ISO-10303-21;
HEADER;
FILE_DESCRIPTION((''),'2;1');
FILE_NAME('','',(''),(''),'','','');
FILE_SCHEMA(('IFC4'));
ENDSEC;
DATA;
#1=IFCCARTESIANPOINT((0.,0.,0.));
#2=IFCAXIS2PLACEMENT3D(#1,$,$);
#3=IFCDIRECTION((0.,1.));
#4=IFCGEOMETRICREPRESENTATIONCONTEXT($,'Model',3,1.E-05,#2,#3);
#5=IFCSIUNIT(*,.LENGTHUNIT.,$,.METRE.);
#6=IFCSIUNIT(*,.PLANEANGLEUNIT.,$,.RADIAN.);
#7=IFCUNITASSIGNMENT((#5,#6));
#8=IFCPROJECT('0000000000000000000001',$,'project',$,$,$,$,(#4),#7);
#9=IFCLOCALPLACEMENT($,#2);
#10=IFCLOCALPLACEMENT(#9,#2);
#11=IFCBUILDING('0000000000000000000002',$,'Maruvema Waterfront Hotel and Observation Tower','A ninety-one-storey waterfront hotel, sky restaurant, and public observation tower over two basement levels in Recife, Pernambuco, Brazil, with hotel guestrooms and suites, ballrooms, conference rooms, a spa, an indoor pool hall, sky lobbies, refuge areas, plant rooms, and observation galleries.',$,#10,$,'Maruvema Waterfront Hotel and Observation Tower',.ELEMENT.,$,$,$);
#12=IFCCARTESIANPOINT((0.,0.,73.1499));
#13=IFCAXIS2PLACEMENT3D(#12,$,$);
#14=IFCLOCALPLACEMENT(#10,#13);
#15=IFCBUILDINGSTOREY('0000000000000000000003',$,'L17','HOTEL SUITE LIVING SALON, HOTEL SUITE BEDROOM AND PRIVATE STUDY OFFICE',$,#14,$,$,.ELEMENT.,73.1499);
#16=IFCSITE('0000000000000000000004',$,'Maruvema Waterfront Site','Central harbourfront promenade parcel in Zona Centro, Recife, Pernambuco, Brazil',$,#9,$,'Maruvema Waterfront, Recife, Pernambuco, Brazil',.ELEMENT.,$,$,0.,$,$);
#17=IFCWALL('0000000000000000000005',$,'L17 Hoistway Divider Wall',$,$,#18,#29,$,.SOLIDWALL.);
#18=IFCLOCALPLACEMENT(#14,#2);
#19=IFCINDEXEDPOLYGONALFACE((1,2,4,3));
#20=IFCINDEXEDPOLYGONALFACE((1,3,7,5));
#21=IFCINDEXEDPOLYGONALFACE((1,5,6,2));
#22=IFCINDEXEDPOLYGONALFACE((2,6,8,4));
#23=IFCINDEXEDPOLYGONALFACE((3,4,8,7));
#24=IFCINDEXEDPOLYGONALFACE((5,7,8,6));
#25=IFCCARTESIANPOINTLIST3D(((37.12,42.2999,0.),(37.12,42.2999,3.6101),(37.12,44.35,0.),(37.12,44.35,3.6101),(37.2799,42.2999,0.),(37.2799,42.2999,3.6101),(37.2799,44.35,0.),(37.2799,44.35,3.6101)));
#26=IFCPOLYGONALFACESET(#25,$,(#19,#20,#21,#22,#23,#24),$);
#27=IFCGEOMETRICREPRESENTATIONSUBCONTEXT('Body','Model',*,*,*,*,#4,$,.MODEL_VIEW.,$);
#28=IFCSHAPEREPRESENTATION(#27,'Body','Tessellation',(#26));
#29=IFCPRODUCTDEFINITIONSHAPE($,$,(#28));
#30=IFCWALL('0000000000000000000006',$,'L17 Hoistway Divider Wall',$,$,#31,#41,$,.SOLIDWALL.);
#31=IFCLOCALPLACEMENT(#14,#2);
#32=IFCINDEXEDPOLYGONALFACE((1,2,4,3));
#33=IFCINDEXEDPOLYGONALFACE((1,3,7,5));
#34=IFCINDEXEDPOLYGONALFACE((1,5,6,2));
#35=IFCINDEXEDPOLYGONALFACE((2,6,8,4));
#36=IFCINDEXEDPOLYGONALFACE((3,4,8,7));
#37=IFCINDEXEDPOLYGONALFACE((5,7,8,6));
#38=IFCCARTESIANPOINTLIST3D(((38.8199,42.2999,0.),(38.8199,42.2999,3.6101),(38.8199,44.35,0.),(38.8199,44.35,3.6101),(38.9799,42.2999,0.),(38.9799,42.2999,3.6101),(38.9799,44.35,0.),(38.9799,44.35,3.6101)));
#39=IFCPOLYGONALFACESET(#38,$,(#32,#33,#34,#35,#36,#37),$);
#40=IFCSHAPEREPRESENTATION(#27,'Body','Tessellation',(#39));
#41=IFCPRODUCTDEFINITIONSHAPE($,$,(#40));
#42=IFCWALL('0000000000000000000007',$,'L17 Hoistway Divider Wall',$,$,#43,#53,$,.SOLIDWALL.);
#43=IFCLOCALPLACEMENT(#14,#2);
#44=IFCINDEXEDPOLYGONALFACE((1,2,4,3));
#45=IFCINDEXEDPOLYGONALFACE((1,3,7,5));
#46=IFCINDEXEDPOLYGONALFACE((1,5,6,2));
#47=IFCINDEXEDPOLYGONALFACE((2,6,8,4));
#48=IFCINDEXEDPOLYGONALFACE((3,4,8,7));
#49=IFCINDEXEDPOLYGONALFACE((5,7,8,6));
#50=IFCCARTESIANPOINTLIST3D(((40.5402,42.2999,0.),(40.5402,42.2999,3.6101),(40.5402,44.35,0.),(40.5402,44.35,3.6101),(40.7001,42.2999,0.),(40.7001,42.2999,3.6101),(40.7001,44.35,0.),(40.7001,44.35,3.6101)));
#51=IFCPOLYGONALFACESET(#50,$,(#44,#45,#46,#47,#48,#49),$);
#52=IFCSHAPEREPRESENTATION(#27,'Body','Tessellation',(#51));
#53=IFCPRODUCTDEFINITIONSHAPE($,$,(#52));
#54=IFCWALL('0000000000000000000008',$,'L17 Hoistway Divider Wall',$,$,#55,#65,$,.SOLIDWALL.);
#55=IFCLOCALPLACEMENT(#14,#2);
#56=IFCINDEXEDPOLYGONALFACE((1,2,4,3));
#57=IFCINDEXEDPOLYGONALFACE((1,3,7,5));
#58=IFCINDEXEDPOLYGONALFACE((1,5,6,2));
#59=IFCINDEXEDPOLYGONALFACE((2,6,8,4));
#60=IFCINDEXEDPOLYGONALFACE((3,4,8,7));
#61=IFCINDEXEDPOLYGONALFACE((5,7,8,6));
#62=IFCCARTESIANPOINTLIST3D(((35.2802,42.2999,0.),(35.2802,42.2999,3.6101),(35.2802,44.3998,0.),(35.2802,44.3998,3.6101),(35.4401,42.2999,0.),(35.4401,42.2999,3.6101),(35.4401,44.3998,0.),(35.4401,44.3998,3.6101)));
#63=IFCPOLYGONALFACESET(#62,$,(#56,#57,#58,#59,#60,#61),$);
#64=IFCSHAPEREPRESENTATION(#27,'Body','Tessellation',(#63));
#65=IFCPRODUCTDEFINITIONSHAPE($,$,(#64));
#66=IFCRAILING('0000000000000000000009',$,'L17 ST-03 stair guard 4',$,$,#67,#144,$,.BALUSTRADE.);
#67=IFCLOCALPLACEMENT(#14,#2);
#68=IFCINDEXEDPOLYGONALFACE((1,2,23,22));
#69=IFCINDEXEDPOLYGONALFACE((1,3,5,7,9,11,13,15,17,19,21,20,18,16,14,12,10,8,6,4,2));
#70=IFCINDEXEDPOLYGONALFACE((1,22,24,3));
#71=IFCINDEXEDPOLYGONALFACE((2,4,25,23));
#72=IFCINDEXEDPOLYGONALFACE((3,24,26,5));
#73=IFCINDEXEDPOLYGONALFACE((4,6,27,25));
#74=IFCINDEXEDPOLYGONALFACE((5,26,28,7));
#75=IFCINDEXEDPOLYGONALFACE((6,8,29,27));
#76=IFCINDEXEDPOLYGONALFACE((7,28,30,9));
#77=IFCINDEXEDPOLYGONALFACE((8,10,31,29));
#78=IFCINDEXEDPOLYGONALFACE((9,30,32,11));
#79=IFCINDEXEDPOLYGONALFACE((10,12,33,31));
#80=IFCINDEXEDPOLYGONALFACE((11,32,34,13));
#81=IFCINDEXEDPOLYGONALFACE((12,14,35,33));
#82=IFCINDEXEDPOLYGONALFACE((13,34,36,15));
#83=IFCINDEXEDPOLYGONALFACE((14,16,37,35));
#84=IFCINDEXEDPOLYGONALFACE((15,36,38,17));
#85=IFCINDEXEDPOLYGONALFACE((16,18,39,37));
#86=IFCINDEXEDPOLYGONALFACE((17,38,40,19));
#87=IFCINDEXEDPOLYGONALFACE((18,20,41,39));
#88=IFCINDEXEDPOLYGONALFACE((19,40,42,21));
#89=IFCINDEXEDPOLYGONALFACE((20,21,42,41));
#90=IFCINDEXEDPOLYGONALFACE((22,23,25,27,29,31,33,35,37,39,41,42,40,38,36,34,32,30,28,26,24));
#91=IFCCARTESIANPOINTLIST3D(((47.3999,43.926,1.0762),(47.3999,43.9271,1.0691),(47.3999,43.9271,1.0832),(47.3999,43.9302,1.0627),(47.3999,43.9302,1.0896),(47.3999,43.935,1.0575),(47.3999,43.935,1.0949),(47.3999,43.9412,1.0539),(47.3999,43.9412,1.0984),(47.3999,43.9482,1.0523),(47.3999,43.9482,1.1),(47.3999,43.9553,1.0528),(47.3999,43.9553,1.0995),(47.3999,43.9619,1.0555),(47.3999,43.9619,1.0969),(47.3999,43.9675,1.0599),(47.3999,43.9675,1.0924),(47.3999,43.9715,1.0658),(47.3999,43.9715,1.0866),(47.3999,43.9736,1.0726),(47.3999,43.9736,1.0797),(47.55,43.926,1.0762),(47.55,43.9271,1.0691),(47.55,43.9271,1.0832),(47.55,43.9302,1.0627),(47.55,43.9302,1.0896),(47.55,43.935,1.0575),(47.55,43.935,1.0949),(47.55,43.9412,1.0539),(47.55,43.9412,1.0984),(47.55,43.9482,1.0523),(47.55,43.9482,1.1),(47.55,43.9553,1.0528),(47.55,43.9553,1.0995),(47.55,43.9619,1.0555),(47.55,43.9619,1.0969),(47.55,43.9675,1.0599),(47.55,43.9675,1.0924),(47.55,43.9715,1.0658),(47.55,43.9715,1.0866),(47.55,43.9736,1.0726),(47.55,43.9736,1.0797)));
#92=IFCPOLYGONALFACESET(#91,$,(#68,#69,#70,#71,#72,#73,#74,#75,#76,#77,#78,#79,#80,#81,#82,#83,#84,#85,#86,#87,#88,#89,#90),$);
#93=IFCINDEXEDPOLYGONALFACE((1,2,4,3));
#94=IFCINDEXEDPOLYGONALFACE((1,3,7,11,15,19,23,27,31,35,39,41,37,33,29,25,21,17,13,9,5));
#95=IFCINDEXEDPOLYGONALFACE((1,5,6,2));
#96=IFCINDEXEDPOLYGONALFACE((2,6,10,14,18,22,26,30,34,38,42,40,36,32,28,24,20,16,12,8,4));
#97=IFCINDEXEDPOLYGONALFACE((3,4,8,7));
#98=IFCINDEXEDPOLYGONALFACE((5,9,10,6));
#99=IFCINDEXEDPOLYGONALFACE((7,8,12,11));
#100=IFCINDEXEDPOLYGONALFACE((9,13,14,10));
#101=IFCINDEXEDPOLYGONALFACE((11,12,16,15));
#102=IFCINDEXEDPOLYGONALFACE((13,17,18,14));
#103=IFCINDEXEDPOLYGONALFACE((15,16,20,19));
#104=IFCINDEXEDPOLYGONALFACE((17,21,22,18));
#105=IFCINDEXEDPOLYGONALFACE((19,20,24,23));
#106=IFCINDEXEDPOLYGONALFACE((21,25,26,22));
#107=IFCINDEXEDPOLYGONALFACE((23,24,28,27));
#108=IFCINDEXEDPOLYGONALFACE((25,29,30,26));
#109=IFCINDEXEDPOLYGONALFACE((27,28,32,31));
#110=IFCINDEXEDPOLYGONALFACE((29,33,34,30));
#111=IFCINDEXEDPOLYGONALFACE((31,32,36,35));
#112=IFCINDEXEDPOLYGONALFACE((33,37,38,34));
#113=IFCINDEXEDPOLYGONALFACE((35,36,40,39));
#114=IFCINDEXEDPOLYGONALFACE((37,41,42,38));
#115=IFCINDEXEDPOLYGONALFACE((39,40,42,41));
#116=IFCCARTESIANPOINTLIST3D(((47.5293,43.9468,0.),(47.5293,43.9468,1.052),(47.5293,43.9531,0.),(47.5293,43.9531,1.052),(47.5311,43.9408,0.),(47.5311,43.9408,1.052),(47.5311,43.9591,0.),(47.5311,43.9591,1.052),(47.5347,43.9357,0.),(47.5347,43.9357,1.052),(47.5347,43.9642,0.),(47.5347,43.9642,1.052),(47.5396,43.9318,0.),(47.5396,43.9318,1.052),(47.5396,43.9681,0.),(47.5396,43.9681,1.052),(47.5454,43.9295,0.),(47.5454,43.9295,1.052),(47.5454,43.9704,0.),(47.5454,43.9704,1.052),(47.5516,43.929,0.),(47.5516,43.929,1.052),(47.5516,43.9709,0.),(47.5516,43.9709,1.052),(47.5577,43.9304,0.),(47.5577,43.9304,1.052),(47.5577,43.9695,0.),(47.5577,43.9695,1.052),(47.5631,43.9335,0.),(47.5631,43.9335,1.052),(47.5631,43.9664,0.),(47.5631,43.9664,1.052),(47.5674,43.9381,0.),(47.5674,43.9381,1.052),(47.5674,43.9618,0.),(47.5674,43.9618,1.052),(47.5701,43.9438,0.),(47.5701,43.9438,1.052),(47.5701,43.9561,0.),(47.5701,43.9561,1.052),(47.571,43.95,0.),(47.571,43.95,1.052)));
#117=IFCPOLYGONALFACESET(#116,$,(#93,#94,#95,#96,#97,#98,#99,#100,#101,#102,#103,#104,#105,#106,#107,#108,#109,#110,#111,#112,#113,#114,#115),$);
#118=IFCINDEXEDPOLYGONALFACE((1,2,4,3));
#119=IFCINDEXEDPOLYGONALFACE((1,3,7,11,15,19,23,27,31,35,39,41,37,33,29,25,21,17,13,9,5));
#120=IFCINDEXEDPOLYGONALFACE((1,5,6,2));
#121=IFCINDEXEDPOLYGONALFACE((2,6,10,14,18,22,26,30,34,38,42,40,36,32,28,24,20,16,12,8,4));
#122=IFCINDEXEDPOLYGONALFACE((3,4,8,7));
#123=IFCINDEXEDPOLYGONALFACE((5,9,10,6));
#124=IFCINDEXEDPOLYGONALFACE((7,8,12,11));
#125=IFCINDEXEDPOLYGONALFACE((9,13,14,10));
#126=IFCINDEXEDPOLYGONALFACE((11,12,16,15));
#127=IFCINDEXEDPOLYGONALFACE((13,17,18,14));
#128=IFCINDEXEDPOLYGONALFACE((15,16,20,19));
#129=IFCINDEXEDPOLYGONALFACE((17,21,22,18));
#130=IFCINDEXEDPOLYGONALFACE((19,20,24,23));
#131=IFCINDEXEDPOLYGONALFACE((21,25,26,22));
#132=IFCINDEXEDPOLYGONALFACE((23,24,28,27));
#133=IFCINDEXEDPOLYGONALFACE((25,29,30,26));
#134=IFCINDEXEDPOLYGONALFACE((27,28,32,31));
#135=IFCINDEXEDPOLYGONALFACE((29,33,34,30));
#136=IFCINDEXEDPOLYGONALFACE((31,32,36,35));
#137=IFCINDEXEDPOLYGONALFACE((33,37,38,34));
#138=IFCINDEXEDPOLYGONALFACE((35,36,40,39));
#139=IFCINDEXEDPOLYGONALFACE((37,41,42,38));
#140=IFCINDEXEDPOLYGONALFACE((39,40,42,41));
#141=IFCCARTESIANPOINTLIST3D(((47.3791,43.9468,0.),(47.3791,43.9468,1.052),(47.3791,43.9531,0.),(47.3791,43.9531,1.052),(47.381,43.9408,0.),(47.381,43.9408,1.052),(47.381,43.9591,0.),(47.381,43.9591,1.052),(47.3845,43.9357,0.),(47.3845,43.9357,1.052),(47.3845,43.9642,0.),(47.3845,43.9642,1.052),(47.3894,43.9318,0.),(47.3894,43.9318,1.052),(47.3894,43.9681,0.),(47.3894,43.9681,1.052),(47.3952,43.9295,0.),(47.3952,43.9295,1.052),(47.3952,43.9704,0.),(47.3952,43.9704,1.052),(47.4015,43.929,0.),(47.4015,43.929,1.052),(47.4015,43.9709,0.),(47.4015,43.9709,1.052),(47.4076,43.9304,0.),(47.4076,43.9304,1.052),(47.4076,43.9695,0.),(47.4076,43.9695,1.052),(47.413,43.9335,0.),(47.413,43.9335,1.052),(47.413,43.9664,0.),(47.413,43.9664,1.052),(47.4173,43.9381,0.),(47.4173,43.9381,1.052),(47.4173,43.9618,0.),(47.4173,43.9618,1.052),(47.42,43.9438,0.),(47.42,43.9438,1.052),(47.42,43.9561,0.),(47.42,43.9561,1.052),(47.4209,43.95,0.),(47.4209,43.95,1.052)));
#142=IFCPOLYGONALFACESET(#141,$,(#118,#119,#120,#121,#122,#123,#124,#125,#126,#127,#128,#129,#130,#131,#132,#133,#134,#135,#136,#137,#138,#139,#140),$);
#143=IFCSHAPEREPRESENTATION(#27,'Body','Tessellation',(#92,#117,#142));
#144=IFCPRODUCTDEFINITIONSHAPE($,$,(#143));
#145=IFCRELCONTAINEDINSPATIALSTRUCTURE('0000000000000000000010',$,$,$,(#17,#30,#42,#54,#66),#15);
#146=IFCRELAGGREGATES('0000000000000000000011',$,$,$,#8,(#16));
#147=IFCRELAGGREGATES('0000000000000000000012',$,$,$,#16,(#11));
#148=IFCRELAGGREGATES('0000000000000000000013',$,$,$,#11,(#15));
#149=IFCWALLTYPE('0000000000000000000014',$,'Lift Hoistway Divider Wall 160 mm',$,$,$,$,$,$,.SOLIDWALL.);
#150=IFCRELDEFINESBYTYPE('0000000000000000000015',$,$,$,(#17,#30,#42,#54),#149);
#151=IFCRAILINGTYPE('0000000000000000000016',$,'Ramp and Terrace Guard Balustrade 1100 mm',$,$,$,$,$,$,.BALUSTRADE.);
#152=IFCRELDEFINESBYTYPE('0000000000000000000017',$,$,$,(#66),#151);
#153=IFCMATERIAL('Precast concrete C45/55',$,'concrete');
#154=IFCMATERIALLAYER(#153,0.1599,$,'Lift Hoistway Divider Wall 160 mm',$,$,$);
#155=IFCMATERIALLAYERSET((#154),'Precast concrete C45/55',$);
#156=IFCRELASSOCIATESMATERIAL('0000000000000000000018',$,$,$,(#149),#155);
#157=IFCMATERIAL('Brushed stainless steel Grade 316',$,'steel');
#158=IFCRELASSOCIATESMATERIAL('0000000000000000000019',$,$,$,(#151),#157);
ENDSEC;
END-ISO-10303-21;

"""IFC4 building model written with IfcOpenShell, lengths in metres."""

from ifc_helpers import new_model, si_unit, direction, frame, frame_2d, origin, origin_2d, place, context, subcontext, project, spatial, rectangle, circle, extrude, material, layer, layer_set, type_object, element, save


model = new_model("IFC4")

# Units and contexts
model_context = context("Model", 3, precision=1e-05, world=origin(), true_north=direction((0.0, 1.0)))
body_context = subcontext(model_context, "Body", "Model", "MODEL_VIEW")
ifc_project = project(units=[si_unit("LENGTHUNIT", "METRE"), si_unit("PLANEANGLEUNIT", "RADIAN")], contexts=[model_context])

# Site, building, storey
site_placement = place(None, origin())
site = spatial("IfcSite", under=ifc_project, at=site_placement, Name="Maruvema Waterfront Site", Description="Central harbourfront promenade parcel in Zona Centro, Recife, Pernambuco, Brazil", LongName="Maruvema Waterfront, Recife, Pernambuco, Brazil", CompositionType="ELEMENT", RefElevation=0.0)
building_placement = place(site_placement, origin())
building = spatial("IfcBuilding", under=site, at=building_placement, Name="Maruvema Waterfront Hotel and Observation Tower", Description="A ninety-one-storey waterfront hotel, sky restaurant, and public observation tower over two basement levels in Recife, Pernambuco, Brazil, with hotel guestrooms and suites, ballrooms, conference rooms, a spa, an indoor pool hall, sky lobbies, refuge areas, plant rooms, and observation galleries.", LongName="Maruvema Waterfront Hotel and Observation Tower", CompositionType="ELEMENT")
storey_placement = place(building_placement, frame((0.0, 0.0, 73.1499)))
storey = spatial("IfcBuildingStorey", under=building, at=storey_placement, Name="L17", Description="HOTEL SUITE LIVING SALON, HOTEL SUITE BEDROOM AND PRIVATE STUDY OFFICE", CompositionType="ELEMENT", Elevation=73.1499)

# Walls
ifc_material_1 = material(Name="Precast concrete C45/55", Category="concrete")
ifc_layer_1 = layer(ifc_material_1, 0.1599, Name="Lift Hoistway Divider Wall 160 mm")
ifc_layer_set_1 = layer_set([ifc_layer_1], Name="Precast concrete C45/55")
wall_type_1 = type_object("IfcWallType", Name="Lift Hoistway Divider Wall 160 mm", PredefinedType="SOLIDWALL", material=ifc_layer_set_1)
for number, where, z_axis, x_axis, name in (
    (1, (37.2, 42.3, 0.0), (0.0, 0.0, 1.0), (0.0, 1.0, 0.0), "L17 Hoistway Divider Wall"),
    (2, (38.8999, 42.3, 0.0), (0.0, 0.0, 1.0), (0.0, 1.0, 0.0), "L17 Hoistway Divider Wall"),
    (3, (40.6201, 42.3, 0.0), (0.0, 0.0, 1.0), (0.0, 1.0, 0.0), "L17 Hoistway Divider Wall"),
):
    element("IfcWall", number, at=place(storey_placement, frame(where, z_axis=z_axis, x_axis=x_axis)), inside=storey, type_object=wall_type_1, Name=name, PredefinedType="SOLIDWALL", context=body_context, shape_type="SweptSolid", body=[
        extrude(rectangle(XDim=2.05, YDim=0.1599, at=frame_2d((1.0249, 0.0))), origin(), (0.0, 0.0, 1.0), 3.6101),
    ])
wall_1_placement = place(storey_placement, frame((35.3601, 42.3, 0.0), z_axis=(0.0, 0.0, 1.0), x_axis=(0.0, 1.0, 0.0)))
element("IfcWall", 4, at=wall_1_placement, inside=storey, type_object=wall_type_1, Name="L17 Hoistway Divider Wall", PredefinedType="SOLIDWALL", context=body_context, shape_type="SweptSolid", body=[
    extrude(rectangle(XDim=2.0999, YDim=0.1599, at=frame_2d((1.0498, 0.0))), origin(), (0.0, 0.0, 1.0), 3.6101),
])

# Railing
ifc_material_2 = material(Name="Brushed stainless steel Grade 316", Category="steel")
railing_type = type_object("IfcRailingType", Name="Ramp and Terrace Guard Balustrade 1100 mm", PredefinedType="BALUSTRADE", material=ifc_material_2)
railing_placement = place(storey_placement, frame((47.55, 43.95, 0.0)))
element("IfcRailing", 5, at=railing_placement, inside=storey, type_object=railing_type, Name="L17 ST-03 stair guard 4", PredefinedType="BALUSTRADE", context=body_context, shape_type="SweptSolid", body=[
    extrude(circle(Radius=0.0239, at=origin_2d()), frame((0.0, 0.0, 1.0762), z_axis=(-1.0, 0.0, 0.0), x_axis=(0.0, -1.0, 0.0)), (0.0, 0.0, 1.0), 0.1501),
    extrude(circle(Radius=0.021, at=origin_2d()), origin(), (0.0, 0.0, 1.0), 1.052),
    extrude(circle(Radius=0.021, at=origin_2d()), frame((-0.1501, 0.0, 0.0)), (0.0, 0.0, 1.0), 1.052),
])

save(model, "model.ifc")
